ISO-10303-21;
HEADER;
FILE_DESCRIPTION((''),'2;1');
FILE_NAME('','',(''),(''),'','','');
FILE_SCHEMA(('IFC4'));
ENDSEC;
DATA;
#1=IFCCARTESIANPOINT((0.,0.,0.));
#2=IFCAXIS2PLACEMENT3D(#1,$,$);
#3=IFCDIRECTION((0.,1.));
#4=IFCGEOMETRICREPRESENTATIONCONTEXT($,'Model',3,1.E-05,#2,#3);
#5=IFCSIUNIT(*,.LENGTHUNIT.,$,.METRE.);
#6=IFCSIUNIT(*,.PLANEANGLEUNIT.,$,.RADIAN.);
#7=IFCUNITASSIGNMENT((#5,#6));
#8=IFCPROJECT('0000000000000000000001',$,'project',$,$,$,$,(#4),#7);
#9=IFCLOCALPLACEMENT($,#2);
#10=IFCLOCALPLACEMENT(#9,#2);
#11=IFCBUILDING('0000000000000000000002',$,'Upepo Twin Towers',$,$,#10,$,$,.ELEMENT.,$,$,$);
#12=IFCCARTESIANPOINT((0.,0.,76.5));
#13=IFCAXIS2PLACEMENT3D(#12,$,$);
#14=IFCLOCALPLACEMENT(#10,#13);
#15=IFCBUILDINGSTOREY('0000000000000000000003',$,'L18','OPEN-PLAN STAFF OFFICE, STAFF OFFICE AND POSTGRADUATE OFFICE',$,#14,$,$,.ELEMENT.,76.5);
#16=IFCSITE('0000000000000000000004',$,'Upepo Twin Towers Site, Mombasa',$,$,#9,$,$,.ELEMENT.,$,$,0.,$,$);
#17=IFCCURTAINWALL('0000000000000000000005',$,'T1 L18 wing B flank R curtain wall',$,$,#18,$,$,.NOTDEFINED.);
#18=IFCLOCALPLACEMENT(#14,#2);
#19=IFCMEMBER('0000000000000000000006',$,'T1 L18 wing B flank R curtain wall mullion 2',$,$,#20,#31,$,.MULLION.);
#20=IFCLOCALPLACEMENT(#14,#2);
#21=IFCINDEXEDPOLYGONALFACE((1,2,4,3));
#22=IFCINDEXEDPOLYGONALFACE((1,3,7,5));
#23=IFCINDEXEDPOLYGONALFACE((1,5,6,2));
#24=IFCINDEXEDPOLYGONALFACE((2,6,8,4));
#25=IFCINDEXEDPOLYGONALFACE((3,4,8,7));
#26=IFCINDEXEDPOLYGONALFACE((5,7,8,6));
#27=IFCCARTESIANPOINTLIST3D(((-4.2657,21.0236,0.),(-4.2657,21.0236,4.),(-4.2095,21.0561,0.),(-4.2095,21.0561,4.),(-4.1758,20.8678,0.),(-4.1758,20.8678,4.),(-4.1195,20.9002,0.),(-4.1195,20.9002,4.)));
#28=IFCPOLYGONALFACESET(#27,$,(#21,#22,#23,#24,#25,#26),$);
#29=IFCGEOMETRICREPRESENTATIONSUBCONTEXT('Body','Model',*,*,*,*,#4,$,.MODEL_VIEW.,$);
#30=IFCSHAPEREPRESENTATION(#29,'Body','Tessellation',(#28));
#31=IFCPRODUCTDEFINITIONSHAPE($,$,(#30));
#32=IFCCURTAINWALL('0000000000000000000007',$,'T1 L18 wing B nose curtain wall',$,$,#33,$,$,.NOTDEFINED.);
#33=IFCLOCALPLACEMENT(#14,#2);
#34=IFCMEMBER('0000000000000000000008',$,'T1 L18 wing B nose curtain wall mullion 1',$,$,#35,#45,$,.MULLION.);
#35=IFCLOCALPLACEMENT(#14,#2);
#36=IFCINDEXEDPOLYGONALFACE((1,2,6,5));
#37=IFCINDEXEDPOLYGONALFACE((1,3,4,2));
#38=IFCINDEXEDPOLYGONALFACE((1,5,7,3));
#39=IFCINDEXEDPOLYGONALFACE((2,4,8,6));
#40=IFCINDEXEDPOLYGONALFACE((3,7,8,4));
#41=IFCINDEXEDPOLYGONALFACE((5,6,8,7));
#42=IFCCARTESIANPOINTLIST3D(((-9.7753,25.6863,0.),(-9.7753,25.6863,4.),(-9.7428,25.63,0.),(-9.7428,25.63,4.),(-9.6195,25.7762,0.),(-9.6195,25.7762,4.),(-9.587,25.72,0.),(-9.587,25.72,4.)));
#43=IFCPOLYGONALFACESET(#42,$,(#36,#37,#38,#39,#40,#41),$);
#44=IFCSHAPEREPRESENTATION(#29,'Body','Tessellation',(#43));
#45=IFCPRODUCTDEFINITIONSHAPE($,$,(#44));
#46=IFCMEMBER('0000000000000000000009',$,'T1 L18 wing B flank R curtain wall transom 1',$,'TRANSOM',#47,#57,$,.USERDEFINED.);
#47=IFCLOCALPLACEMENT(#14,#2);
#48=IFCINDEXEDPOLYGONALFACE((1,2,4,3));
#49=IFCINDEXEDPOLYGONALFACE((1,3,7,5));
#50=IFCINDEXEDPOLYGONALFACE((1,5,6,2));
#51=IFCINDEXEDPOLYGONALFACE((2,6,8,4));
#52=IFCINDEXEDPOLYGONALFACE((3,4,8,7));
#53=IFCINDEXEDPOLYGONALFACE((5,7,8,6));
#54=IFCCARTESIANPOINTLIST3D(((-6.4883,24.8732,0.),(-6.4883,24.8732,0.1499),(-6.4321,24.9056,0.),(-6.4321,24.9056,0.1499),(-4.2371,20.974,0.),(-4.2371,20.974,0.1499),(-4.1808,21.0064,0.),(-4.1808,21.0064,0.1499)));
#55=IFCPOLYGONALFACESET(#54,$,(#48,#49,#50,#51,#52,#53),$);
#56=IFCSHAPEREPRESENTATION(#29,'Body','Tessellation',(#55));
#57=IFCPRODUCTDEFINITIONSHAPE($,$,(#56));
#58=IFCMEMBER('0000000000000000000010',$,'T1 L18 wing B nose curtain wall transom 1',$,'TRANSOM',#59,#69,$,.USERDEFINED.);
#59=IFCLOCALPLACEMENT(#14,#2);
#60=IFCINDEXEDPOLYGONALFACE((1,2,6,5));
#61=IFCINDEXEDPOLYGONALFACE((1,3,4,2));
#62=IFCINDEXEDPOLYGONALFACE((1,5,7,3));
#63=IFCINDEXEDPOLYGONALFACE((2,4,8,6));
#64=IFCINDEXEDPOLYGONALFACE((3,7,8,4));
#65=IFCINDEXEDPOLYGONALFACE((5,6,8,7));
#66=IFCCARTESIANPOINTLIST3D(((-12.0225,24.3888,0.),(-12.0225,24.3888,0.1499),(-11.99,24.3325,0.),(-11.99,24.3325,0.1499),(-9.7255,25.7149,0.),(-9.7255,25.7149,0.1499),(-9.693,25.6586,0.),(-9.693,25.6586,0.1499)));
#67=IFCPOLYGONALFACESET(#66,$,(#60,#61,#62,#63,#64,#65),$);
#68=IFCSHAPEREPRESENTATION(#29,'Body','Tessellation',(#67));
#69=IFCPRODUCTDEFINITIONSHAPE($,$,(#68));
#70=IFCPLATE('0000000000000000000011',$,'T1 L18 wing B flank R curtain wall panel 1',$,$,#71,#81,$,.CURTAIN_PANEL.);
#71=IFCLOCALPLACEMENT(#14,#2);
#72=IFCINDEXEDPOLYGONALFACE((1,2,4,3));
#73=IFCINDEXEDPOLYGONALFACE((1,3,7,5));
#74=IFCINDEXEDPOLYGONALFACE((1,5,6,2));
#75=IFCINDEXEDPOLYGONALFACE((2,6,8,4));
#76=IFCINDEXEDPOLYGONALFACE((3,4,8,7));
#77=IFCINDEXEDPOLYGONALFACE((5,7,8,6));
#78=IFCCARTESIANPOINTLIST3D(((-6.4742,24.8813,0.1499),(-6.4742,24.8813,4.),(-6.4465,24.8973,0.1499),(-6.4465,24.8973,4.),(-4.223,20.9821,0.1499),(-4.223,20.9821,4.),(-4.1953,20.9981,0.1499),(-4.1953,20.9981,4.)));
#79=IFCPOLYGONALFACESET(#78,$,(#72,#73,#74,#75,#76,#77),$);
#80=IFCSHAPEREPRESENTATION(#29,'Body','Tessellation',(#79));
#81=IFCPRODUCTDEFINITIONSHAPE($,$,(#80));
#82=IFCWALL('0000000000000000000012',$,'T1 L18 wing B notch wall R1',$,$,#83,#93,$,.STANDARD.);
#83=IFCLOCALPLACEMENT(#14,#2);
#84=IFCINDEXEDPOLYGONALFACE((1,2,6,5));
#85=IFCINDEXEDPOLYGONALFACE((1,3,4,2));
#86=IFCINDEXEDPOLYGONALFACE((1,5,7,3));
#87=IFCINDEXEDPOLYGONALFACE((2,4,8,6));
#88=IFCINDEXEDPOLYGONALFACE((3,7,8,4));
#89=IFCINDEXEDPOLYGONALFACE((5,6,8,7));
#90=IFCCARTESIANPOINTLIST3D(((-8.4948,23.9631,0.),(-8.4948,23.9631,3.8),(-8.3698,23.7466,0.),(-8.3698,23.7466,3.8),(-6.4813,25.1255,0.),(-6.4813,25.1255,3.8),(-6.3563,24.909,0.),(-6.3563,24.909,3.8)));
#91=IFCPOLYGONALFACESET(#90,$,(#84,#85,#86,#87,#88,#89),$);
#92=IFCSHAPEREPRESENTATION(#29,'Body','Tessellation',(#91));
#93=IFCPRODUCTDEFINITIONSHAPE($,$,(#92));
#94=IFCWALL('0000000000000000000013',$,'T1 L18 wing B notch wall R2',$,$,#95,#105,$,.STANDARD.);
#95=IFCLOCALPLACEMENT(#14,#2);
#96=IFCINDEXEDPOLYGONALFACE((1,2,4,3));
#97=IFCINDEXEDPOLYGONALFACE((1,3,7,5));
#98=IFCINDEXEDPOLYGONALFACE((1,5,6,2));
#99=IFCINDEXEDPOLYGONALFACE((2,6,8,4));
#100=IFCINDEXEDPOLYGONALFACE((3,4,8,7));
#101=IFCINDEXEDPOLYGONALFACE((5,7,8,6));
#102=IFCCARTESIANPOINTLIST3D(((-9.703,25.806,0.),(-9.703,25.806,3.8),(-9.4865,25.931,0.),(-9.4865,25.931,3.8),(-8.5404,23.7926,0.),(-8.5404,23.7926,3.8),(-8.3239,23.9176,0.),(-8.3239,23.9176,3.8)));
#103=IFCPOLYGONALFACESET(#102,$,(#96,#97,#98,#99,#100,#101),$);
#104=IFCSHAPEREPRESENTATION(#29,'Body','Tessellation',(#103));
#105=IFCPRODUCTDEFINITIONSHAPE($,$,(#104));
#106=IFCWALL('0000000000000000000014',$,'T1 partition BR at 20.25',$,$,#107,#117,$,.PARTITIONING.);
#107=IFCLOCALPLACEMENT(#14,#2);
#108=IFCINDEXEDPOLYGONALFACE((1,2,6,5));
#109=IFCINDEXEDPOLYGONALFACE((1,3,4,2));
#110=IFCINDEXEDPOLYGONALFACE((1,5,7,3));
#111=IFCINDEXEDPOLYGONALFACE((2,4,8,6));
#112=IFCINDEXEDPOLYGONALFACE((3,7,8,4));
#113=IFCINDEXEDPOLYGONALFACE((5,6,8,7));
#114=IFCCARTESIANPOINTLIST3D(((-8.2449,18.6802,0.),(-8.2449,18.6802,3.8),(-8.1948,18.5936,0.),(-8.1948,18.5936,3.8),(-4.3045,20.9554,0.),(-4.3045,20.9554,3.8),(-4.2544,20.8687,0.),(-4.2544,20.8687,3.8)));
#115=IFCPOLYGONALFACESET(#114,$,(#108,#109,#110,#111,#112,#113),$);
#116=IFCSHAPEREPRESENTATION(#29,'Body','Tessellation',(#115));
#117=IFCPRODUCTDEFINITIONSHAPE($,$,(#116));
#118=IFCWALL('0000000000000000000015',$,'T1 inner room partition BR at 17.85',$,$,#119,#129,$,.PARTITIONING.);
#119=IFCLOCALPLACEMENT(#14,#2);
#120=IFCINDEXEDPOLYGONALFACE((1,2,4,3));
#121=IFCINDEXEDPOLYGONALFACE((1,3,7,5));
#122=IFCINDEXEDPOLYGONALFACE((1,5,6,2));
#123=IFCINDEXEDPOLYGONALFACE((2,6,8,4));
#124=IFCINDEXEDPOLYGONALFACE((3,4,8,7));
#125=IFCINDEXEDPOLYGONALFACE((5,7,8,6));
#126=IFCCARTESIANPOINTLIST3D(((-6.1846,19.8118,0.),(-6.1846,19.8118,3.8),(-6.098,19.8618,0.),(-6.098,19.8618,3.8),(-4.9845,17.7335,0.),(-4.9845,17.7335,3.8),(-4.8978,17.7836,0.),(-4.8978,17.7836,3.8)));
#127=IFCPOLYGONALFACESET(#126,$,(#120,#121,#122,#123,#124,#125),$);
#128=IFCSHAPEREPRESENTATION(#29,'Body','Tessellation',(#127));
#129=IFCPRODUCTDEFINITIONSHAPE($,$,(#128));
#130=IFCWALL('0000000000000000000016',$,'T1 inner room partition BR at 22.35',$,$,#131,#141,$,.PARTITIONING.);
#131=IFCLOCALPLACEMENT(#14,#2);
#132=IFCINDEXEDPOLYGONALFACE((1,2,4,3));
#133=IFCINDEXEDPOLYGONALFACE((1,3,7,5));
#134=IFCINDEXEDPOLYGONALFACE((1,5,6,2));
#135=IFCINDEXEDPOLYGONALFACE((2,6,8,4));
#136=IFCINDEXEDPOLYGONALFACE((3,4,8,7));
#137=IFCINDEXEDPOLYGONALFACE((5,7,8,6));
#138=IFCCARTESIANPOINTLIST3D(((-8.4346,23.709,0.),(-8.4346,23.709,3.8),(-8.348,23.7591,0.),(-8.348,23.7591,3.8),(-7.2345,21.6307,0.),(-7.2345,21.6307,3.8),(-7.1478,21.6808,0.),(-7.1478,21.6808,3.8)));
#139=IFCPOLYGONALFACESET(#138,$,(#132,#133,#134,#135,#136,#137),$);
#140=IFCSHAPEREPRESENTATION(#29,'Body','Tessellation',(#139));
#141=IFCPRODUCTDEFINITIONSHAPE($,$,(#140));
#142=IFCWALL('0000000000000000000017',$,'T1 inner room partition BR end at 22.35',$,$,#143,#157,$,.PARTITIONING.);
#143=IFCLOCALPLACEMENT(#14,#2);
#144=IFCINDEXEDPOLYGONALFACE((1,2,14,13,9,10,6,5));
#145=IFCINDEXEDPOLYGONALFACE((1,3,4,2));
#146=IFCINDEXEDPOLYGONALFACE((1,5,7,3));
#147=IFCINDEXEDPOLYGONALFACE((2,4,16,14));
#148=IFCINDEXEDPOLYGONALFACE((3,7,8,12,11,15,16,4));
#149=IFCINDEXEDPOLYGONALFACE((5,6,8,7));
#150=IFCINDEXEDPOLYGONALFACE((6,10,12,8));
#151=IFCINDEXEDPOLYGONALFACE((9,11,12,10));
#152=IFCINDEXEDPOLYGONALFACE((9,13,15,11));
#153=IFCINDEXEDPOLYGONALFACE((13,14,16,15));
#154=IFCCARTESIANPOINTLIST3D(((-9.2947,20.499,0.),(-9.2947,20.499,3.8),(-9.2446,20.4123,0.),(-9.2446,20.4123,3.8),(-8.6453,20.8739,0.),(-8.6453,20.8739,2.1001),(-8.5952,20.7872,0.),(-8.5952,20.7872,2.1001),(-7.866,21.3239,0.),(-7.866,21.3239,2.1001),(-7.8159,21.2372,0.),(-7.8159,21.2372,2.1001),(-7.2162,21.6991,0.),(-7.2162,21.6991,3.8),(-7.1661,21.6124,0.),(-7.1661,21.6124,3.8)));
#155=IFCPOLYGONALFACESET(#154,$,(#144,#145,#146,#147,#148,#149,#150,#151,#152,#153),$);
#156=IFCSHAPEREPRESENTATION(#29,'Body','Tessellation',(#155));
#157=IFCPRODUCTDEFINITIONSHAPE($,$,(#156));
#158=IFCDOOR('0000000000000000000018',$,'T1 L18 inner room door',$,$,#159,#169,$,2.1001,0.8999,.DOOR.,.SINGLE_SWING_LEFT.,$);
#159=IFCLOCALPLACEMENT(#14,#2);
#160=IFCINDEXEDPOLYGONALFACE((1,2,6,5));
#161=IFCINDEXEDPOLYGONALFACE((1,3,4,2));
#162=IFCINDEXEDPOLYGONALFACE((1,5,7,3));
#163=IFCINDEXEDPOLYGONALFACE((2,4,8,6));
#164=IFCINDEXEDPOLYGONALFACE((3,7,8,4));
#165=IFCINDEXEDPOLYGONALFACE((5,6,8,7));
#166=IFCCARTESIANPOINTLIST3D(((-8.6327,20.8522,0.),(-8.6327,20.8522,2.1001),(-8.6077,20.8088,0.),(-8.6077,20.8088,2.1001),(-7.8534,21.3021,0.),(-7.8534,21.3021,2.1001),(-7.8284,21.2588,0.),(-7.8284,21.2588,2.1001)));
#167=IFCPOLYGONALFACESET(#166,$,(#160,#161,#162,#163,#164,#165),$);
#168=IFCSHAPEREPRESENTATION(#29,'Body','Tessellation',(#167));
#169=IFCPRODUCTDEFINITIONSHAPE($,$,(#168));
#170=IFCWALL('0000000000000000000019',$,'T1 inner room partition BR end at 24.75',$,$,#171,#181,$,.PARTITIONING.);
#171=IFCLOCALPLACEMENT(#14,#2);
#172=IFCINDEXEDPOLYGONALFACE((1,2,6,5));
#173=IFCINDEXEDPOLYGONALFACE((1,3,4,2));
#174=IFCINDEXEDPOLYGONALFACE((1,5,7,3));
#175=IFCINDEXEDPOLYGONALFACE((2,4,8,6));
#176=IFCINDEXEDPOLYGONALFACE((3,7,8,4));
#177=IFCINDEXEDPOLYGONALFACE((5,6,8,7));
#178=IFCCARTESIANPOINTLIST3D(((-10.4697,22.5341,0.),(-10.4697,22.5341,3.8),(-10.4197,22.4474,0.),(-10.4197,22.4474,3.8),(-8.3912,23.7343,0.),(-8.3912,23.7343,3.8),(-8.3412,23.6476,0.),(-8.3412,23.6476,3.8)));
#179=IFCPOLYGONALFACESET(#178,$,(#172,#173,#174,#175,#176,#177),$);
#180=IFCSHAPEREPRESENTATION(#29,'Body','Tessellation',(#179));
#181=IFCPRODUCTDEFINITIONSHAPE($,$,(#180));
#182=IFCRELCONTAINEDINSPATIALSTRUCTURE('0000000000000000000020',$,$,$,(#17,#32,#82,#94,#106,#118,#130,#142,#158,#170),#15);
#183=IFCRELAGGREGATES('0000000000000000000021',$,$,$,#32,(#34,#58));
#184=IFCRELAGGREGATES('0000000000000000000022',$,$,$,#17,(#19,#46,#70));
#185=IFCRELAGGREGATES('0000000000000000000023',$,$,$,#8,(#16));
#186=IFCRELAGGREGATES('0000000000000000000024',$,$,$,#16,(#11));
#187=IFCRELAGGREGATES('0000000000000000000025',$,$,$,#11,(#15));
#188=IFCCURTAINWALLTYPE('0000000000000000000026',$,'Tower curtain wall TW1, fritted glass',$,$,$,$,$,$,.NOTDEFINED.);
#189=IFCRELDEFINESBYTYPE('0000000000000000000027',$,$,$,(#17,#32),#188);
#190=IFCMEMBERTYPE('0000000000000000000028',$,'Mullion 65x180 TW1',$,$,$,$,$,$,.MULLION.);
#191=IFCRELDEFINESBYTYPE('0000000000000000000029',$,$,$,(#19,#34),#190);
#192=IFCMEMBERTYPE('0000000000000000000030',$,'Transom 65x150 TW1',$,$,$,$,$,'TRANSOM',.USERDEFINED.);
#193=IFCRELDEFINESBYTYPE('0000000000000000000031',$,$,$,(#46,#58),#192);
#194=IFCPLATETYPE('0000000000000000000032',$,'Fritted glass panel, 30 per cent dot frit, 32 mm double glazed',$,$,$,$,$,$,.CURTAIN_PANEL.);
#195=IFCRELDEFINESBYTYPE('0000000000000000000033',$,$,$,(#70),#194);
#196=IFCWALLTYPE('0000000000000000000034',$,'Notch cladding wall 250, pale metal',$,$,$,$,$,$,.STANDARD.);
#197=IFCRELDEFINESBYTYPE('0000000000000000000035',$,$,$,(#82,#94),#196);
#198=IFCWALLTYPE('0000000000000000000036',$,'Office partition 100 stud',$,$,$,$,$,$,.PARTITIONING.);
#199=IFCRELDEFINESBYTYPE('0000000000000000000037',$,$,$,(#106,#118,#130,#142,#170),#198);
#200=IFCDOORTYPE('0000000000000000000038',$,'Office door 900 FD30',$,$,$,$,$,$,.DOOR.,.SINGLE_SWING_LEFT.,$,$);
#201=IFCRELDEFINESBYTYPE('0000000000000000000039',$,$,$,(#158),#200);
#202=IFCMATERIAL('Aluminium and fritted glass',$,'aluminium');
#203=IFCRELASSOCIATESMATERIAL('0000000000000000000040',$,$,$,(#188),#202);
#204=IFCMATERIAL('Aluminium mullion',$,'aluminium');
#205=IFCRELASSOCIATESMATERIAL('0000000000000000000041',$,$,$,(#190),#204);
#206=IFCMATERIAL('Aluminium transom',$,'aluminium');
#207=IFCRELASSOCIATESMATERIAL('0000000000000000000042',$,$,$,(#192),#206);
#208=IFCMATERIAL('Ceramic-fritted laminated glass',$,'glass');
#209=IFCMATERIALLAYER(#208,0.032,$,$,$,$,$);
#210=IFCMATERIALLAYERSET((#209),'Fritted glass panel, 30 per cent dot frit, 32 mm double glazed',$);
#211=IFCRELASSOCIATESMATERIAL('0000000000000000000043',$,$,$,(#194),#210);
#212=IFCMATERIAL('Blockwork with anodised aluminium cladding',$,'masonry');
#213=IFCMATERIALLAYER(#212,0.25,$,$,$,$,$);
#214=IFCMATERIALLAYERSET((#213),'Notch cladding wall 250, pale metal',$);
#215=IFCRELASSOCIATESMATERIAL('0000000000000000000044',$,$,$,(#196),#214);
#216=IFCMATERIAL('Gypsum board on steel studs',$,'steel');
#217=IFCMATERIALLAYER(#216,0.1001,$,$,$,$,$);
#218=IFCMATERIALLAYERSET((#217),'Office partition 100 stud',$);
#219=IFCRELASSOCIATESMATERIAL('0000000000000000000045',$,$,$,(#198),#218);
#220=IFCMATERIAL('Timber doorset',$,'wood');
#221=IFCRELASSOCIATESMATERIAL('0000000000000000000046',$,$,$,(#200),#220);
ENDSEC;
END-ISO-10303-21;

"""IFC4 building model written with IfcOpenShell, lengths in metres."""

from ifc_helpers import new_model, si_unit, direction, frame, frame_2d, origin, origin_2d, place, context, subcontext, project, spatial, rectangle, extrude, material, layer, layer_set, material_profile, profile_set, type_object, element, fill, aggregate, save


model = new_model("IFC4")

# Units and contexts
model_context = context("Model", 3, precision=1e-05, world=origin(), true_north=direction((0.0, 1.0)))
body_context = subcontext(model_context, "Body", "Model", "MODEL_VIEW")
ifc_project = project(units=[si_unit("LENGTHUNIT", "METRE"), si_unit("PLANEANGLEUNIT", "RADIAN")], contexts=[model_context])

# Site, building, storey
site_placement = place(None, origin())
site = spatial("IfcSite", under=ifc_project, at=site_placement, Name="Upepo Twin Towers Site, Mombasa", CompositionType="ELEMENT", RefElevation=0.0)
building_placement = place(site_placement, origin())
building = spatial("IfcBuilding", under=site, at=building_placement, Name="Upepo Twin Towers", CompositionType="ELEMENT")
storey_placement = place(building_placement, frame((0.0, 0.0, 76.5)))
storey = spatial("IfcBuildingStorey", under=building, at=storey_placement, Name="L18", Description="OPEN-PLAN STAFF OFFICE, STAFF OFFICE AND POSTGRADUATE OFFICE", CompositionType="ELEMENT", Elevation=76.5)

# Curtain wall, member
ifc_material_1 = material(Name="Aluminium and fritted glass", Category="aluminium")
curtain_wall_type = type_object("IfcCurtainWallType", Name="Tower curtain wall TW1, fritted glass", PredefinedType="NOTDEFINED", material=ifc_material_1)
curtain_wall_1_placement = place(storey_placement, origin())
curtain_wall_1 = element("IfcCurtainWall", 1, at=curtain_wall_1_placement, inside=storey, type_object=curtain_wall_type, Name="T1 L18 wing B flank R curtain wall", PredefinedType="NOTDEFINED")
ifc_material_2 = material(Name="Aluminium mullion", Category="aluminium")
ifc_material_profile_1 = material_profile(ifc_material_2, rectangle(XDim=0.0649, YDim=0.1799, at=origin_2d()), Name="MULLION 65x180")
ifc_profile_set_1 = profile_set([ifc_material_profile_1], Name="Aluminium mullion")
member_type_1 = type_object("IfcMemberType", Name="Mullion 65x180 TW1", PredefinedType="MULLION", material=ifc_profile_set_1)
member_1_placement = place(storey_placement, frame((-4.1926, 20.9619, 0.0), z_axis=(0.0, 0.0, 1.0), x_axis=(0.866025, 0.5, 0.0)))
member_1 = element("IfcMember", 2, at=member_1_placement, type_object=member_type_1, Name="T1 L18 wing B flank R curtain wall mullion 2", PredefinedType="MULLION", context=body_context, shape_type="SweptSolid", body=[
    extrude(rectangle(XDim=0.0649, YDim=0.1799, at=origin_2d()), origin(), (0.0, 0.0, 1.0), 4.0),
])

# Curtain wall, member
curtain_wall_2_placement = place(storey_placement, origin())
curtain_wall_2 = element("IfcCurtainWall", 3, at=curtain_wall_2_placement, inside=storey, type_object=curtain_wall_type, Name="T1 L18 wing B nose curtain wall", PredefinedType="NOTDEFINED")
member_2_placement = place(storey_placement, frame((-9.6812, 25.7031, 0.0), z_axis=(0.0, 0.0, 1.0), x_axis=(0.5, -0.866025, 0.0)))
member_2 = element("IfcMember", 4, at=member_2_placement, type_object=member_type_1, Name="T1 L18 wing B nose curtain wall mullion 1", PredefinedType="MULLION", context=body_context, shape_type="SweptSolid", body=[
    extrude(rectangle(XDim=0.0649, YDim=0.1799, at=origin_2d()), origin(), (0.0, 0.0, 1.0), 4.0),
])

# Members
ifc_material_3 = material(Name="Aluminium transom", Category="aluminium")
ifc_material_profile_2 = material_profile(ifc_material_3, rectangle(XDim=0.0649, YDim=0.1499, at=origin_2d()), Name="TRANSOM 65x150")
ifc_profile_set_2 = profile_set([ifc_material_profile_2], Name="Aluminium transom")
member_type_2 = type_object("IfcMemberType", Name="Transom 65x150 TW1", ElementType="TRANSOM", PredefinedType="USERDEFINED", material=ifc_profile_set_2)
member_3_placement = place(storey_placement, frame((-6.4602, 24.8894, 0.075), z_axis=(0.500006, -0.866022, 0.0), x_axis=(0.866022, 0.500006, 0.0)))
member_3 = element("IfcMember", 5, at=member_3_placement, type_object=member_type_2, Name="T1 L18 wing B flank R curtain wall transom 1", ObjectType="TRANSOM", PredefinedType="USERDEFINED", context=body_context, shape_type="SweptSolid", body=[
    extrude(rectangle(XDim=0.0649, YDim=0.1499, at=origin_2d()), origin(), (0.0, 0.0, 1.0), 4.5024),
])
member_4_placement = place(storey_placement, frame((-9.7092, 25.6868, 0.075), z_axis=(-0.866037, -0.49998, 0.0), x_axis=(0.49998, -0.866037, 0.0)))
member_4 = element("IfcMember", 6, at=member_4_placement, type_object=member_type_2, Name="T1 L18 wing B nose curtain wall transom 1", ObjectType="TRANSOM", PredefinedType="USERDEFINED", context=body_context, shape_type="SweptSolid", body=[
    extrude(rectangle(XDim=0.0649, YDim=0.1499, at=origin_2d()), origin(), (0.0, 0.0, 1.0), 2.6523),
])
aggregate(curtain_wall_2, [member_2, member_4])

# Plate
ifc_material_4 = material(Name="Ceramic-fritted laminated glass", Category="glass")
ifc_layer_1 = layer(ifc_material_4, 0.032)
ifc_layer_set_1 = layer_set([ifc_layer_1], Name="Fritted glass panel, 30 per cent dot frit, 32 mm double glazed")
plate_type = type_object("IfcPlateType", Name="Fritted glass panel, 30 per cent dot frit, 32 mm double glazed", PredefinedType="CURTAIN_PANEL", material=ifc_layer_set_1)
plate_placement = place(storey_placement, frame((-5.3347, 22.9397, 0.1499), z_axis=(0.0, 0.0, 1.0), x_axis=(0.5, -0.866025, 0.0)))
plate = element("IfcPlate", 7, at=plate_placement, type_object=plate_type, Name="T1 L18 wing B flank R curtain wall panel 1", PredefinedType="CURTAIN_PANEL", context=body_context, shape_type="SweptSolid", body=[
    extrude(rectangle(XDim=4.5024, YDim=0.032, at=origin_2d()), origin(), (0.0, 0.0, 1.0), 3.8501),
])
aggregate(curtain_wall_1, [member_1, member_3, plate])

# Walls
ifc_material_5 = material(Name="Blockwork with anodised aluminium cladding", Category="masonry")
ifc_layer_2 = layer(ifc_material_5, 0.25)
ifc_layer_set_2 = layer_set([ifc_layer_2], Name="Notch cladding wall 250, pale metal")
wall_type_1 = type_object("IfcWallType", Name="Notch cladding wall 250, pale metal", PredefinedType="STANDARD", material=ifc_layer_set_2)
for number, where, z_axis, x_axis, name in (
    (8, (-6.4187, 25.0173, 0.0), (0.0, 0.0, 1.0), (-0.866044, -0.499968, 0.0), "T1 L18 wing B notch wall R1"),
    (9, (-8.4321, 23.855, 0.0), (0.0, 0.0, 1.0), (-0.500047, 0.865998, 0.0), "T1 L18 wing B notch wall R2"),
):
    element("IfcWall", number, at=place(storey_placement, frame(where, z_axis=z_axis, x_axis=x_axis)), inside=storey, type_object=wall_type_1, Name=name, PredefinedType="STANDARD", context=body_context, shape_type="SweptSolid", body=[
        extrude(rectangle(XDim=2.325, YDim=0.25, at=frame_2d((1.1626, 0.0))), origin(), (0.0, 0.0, 1.0), 3.8),
    ])
ifc_material_6 = material(Name="Gypsum board on steel studs", Category="steel")
ifc_layer_3 = layer(ifc_material_6, 0.1001)
ifc_layer_set_3 = layer_set([ifc_layer_3], Name="Office partition 100 stud")
wall_type_2 = type_object("IfcWallType", Name="Office partition 100 stud", PredefinedType="PARTITIONING", material=ifc_layer_set_3)
wall_1_placement = place(storey_placement, frame((-8.2197, 18.637, 0.0), z_axis=(0.0, 0.0, 1.0), x_axis=(0.866012, 0.500023, 0.0)))
element("IfcWall", 10, at=wall_1_placement, inside=storey, type_object=wall_type_2, Name="T1 partition BR at 20.25", PredefinedType="PARTITIONING", context=body_context, shape_type="SweptSolid", body=[
    extrude(rectangle(XDim=4.55, YDim=0.1001, at=frame_2d((2.2749, 0.0))), origin(), (0.0, 0.0, 1.0), 3.8),
])
for number, where, z_axis, x_axis, name in (
    (11, (-4.9412, 17.7585, 0.0), (0.0, 0.0, 1.0), (-0.500078, 0.865981, 0.0), "T1 inner room partition BR at 17.85"),
    (12, (-7.1912, 21.6558, 0.0), (0.0, 0.0, 1.0), (-0.500078, 0.865981, 0.0), "T1 inner room partition BR at 22.35"),
):
    element("IfcWall", number, at=place(storey_placement, frame(where, z_axis=z_axis, x_axis=x_axis)), inside=storey, type_object=wall_type_2, Name=name, PredefinedType="PARTITIONING", context=body_context, shape_type="SweptSolid", body=[
        extrude(rectangle(XDim=2.3999, YDim=0.1001, at=frame_2d((1.2, 0.0))), origin(), (0.0, 0.0, 1.0), 3.8),
    ])

# Wall, opening, door
wall_2_placement = place(storey_placement, frame((-9.2698, 20.4556, 0.0), z_axis=(0.0, 0.0, 1.0), x_axis=(0.866006, 0.500034, 0.0)))
wall_2 = element("IfcWall", 13, at=wall_2_placement, inside=storey, type_object=wall_type_2, Name="T1 inner room partition BR end at 22.35", PredefinedType="PARTITIONING", context=body_context, shape_type="SweptSolid", body=[
    extrude(rectangle(XDim=2.4001, YDim=0.1001, at=frame_2d((1.2002, 0.0))), origin(), (0.0, 0.0, 1.0), 3.8),
])
opening_1_placement = place(wall_2_placement, frame((0.75, 0.0, 0.0)))
opening_1 = element("IfcOpeningElement", 14, at=opening_1_placement, cuts=wall_2, PredefinedType="OPENING", context=body_context, shape_type="SweptSolid", body=[
    extrude(rectangle(XDim=0.8999, YDim=2.1001, at=frame_2d((0.45, 1.05))), frame((0.0, 0.0601, 0.0), z_axis=(0.0, -1.0, 0.0), x_axis=(1.0, 0.0, 0.0)), (0.0, 0.0, 1.0), 0.1201),
])
ifc_material_7 = material(Name="Timber doorset", Category="wood")
door_type_1 = type_object("IfcDoorType", Name="Office door 900 FD30", OperationType="SINGLE_SWING_LEFT", PredefinedType="DOOR", material=ifc_material_7)
door_1_placement = place(opening_1_placement, origin())
door_1 = element("IfcDoor", 15, at=door_1_placement, inside=storey, type_object=door_type_1, Name="T1 L18 inner room door", OperationType="SINGLE_SWING_LEFT", OverallHeight=2.1001, OverallWidth=0.8999, PredefinedType="DOOR", context=body_context, shape_type="SweptSolid", body=[
    extrude(rectangle(XDim=0.8999, YDim=2.1001, at=frame_2d((0.45, 1.05))), frame((0.0, 0.0249, 0.0), z_axis=(0.0, -1.0, 0.0), x_axis=(1.0, 0.0, 0.0)), (0.0, 0.0, 1.0), 0.05),
])
fill(opening_1, door_1)

# Wall
wall_3_placement = place(storey_placement, frame((-10.4448, 22.4907, 0.0), z_axis=(0.0, 0.0, 1.0), x_axis=(0.866006, 0.500034, 0.0)))
element("IfcWall", 16, at=wall_3_placement, inside=storey, type_object=wall_type_2, Name="T1 inner room partition BR end at 24.75", PredefinedType="PARTITIONING", context=body_context, shape_type="SweptSolid", body=[
    extrude(rectangle(XDim=2.4001, YDim=0.1001, at=frame_2d((1.2002, 0.0))), origin(), (0.0, 0.0, 1.0), 3.8),
])

save(model, "model.ifc")
